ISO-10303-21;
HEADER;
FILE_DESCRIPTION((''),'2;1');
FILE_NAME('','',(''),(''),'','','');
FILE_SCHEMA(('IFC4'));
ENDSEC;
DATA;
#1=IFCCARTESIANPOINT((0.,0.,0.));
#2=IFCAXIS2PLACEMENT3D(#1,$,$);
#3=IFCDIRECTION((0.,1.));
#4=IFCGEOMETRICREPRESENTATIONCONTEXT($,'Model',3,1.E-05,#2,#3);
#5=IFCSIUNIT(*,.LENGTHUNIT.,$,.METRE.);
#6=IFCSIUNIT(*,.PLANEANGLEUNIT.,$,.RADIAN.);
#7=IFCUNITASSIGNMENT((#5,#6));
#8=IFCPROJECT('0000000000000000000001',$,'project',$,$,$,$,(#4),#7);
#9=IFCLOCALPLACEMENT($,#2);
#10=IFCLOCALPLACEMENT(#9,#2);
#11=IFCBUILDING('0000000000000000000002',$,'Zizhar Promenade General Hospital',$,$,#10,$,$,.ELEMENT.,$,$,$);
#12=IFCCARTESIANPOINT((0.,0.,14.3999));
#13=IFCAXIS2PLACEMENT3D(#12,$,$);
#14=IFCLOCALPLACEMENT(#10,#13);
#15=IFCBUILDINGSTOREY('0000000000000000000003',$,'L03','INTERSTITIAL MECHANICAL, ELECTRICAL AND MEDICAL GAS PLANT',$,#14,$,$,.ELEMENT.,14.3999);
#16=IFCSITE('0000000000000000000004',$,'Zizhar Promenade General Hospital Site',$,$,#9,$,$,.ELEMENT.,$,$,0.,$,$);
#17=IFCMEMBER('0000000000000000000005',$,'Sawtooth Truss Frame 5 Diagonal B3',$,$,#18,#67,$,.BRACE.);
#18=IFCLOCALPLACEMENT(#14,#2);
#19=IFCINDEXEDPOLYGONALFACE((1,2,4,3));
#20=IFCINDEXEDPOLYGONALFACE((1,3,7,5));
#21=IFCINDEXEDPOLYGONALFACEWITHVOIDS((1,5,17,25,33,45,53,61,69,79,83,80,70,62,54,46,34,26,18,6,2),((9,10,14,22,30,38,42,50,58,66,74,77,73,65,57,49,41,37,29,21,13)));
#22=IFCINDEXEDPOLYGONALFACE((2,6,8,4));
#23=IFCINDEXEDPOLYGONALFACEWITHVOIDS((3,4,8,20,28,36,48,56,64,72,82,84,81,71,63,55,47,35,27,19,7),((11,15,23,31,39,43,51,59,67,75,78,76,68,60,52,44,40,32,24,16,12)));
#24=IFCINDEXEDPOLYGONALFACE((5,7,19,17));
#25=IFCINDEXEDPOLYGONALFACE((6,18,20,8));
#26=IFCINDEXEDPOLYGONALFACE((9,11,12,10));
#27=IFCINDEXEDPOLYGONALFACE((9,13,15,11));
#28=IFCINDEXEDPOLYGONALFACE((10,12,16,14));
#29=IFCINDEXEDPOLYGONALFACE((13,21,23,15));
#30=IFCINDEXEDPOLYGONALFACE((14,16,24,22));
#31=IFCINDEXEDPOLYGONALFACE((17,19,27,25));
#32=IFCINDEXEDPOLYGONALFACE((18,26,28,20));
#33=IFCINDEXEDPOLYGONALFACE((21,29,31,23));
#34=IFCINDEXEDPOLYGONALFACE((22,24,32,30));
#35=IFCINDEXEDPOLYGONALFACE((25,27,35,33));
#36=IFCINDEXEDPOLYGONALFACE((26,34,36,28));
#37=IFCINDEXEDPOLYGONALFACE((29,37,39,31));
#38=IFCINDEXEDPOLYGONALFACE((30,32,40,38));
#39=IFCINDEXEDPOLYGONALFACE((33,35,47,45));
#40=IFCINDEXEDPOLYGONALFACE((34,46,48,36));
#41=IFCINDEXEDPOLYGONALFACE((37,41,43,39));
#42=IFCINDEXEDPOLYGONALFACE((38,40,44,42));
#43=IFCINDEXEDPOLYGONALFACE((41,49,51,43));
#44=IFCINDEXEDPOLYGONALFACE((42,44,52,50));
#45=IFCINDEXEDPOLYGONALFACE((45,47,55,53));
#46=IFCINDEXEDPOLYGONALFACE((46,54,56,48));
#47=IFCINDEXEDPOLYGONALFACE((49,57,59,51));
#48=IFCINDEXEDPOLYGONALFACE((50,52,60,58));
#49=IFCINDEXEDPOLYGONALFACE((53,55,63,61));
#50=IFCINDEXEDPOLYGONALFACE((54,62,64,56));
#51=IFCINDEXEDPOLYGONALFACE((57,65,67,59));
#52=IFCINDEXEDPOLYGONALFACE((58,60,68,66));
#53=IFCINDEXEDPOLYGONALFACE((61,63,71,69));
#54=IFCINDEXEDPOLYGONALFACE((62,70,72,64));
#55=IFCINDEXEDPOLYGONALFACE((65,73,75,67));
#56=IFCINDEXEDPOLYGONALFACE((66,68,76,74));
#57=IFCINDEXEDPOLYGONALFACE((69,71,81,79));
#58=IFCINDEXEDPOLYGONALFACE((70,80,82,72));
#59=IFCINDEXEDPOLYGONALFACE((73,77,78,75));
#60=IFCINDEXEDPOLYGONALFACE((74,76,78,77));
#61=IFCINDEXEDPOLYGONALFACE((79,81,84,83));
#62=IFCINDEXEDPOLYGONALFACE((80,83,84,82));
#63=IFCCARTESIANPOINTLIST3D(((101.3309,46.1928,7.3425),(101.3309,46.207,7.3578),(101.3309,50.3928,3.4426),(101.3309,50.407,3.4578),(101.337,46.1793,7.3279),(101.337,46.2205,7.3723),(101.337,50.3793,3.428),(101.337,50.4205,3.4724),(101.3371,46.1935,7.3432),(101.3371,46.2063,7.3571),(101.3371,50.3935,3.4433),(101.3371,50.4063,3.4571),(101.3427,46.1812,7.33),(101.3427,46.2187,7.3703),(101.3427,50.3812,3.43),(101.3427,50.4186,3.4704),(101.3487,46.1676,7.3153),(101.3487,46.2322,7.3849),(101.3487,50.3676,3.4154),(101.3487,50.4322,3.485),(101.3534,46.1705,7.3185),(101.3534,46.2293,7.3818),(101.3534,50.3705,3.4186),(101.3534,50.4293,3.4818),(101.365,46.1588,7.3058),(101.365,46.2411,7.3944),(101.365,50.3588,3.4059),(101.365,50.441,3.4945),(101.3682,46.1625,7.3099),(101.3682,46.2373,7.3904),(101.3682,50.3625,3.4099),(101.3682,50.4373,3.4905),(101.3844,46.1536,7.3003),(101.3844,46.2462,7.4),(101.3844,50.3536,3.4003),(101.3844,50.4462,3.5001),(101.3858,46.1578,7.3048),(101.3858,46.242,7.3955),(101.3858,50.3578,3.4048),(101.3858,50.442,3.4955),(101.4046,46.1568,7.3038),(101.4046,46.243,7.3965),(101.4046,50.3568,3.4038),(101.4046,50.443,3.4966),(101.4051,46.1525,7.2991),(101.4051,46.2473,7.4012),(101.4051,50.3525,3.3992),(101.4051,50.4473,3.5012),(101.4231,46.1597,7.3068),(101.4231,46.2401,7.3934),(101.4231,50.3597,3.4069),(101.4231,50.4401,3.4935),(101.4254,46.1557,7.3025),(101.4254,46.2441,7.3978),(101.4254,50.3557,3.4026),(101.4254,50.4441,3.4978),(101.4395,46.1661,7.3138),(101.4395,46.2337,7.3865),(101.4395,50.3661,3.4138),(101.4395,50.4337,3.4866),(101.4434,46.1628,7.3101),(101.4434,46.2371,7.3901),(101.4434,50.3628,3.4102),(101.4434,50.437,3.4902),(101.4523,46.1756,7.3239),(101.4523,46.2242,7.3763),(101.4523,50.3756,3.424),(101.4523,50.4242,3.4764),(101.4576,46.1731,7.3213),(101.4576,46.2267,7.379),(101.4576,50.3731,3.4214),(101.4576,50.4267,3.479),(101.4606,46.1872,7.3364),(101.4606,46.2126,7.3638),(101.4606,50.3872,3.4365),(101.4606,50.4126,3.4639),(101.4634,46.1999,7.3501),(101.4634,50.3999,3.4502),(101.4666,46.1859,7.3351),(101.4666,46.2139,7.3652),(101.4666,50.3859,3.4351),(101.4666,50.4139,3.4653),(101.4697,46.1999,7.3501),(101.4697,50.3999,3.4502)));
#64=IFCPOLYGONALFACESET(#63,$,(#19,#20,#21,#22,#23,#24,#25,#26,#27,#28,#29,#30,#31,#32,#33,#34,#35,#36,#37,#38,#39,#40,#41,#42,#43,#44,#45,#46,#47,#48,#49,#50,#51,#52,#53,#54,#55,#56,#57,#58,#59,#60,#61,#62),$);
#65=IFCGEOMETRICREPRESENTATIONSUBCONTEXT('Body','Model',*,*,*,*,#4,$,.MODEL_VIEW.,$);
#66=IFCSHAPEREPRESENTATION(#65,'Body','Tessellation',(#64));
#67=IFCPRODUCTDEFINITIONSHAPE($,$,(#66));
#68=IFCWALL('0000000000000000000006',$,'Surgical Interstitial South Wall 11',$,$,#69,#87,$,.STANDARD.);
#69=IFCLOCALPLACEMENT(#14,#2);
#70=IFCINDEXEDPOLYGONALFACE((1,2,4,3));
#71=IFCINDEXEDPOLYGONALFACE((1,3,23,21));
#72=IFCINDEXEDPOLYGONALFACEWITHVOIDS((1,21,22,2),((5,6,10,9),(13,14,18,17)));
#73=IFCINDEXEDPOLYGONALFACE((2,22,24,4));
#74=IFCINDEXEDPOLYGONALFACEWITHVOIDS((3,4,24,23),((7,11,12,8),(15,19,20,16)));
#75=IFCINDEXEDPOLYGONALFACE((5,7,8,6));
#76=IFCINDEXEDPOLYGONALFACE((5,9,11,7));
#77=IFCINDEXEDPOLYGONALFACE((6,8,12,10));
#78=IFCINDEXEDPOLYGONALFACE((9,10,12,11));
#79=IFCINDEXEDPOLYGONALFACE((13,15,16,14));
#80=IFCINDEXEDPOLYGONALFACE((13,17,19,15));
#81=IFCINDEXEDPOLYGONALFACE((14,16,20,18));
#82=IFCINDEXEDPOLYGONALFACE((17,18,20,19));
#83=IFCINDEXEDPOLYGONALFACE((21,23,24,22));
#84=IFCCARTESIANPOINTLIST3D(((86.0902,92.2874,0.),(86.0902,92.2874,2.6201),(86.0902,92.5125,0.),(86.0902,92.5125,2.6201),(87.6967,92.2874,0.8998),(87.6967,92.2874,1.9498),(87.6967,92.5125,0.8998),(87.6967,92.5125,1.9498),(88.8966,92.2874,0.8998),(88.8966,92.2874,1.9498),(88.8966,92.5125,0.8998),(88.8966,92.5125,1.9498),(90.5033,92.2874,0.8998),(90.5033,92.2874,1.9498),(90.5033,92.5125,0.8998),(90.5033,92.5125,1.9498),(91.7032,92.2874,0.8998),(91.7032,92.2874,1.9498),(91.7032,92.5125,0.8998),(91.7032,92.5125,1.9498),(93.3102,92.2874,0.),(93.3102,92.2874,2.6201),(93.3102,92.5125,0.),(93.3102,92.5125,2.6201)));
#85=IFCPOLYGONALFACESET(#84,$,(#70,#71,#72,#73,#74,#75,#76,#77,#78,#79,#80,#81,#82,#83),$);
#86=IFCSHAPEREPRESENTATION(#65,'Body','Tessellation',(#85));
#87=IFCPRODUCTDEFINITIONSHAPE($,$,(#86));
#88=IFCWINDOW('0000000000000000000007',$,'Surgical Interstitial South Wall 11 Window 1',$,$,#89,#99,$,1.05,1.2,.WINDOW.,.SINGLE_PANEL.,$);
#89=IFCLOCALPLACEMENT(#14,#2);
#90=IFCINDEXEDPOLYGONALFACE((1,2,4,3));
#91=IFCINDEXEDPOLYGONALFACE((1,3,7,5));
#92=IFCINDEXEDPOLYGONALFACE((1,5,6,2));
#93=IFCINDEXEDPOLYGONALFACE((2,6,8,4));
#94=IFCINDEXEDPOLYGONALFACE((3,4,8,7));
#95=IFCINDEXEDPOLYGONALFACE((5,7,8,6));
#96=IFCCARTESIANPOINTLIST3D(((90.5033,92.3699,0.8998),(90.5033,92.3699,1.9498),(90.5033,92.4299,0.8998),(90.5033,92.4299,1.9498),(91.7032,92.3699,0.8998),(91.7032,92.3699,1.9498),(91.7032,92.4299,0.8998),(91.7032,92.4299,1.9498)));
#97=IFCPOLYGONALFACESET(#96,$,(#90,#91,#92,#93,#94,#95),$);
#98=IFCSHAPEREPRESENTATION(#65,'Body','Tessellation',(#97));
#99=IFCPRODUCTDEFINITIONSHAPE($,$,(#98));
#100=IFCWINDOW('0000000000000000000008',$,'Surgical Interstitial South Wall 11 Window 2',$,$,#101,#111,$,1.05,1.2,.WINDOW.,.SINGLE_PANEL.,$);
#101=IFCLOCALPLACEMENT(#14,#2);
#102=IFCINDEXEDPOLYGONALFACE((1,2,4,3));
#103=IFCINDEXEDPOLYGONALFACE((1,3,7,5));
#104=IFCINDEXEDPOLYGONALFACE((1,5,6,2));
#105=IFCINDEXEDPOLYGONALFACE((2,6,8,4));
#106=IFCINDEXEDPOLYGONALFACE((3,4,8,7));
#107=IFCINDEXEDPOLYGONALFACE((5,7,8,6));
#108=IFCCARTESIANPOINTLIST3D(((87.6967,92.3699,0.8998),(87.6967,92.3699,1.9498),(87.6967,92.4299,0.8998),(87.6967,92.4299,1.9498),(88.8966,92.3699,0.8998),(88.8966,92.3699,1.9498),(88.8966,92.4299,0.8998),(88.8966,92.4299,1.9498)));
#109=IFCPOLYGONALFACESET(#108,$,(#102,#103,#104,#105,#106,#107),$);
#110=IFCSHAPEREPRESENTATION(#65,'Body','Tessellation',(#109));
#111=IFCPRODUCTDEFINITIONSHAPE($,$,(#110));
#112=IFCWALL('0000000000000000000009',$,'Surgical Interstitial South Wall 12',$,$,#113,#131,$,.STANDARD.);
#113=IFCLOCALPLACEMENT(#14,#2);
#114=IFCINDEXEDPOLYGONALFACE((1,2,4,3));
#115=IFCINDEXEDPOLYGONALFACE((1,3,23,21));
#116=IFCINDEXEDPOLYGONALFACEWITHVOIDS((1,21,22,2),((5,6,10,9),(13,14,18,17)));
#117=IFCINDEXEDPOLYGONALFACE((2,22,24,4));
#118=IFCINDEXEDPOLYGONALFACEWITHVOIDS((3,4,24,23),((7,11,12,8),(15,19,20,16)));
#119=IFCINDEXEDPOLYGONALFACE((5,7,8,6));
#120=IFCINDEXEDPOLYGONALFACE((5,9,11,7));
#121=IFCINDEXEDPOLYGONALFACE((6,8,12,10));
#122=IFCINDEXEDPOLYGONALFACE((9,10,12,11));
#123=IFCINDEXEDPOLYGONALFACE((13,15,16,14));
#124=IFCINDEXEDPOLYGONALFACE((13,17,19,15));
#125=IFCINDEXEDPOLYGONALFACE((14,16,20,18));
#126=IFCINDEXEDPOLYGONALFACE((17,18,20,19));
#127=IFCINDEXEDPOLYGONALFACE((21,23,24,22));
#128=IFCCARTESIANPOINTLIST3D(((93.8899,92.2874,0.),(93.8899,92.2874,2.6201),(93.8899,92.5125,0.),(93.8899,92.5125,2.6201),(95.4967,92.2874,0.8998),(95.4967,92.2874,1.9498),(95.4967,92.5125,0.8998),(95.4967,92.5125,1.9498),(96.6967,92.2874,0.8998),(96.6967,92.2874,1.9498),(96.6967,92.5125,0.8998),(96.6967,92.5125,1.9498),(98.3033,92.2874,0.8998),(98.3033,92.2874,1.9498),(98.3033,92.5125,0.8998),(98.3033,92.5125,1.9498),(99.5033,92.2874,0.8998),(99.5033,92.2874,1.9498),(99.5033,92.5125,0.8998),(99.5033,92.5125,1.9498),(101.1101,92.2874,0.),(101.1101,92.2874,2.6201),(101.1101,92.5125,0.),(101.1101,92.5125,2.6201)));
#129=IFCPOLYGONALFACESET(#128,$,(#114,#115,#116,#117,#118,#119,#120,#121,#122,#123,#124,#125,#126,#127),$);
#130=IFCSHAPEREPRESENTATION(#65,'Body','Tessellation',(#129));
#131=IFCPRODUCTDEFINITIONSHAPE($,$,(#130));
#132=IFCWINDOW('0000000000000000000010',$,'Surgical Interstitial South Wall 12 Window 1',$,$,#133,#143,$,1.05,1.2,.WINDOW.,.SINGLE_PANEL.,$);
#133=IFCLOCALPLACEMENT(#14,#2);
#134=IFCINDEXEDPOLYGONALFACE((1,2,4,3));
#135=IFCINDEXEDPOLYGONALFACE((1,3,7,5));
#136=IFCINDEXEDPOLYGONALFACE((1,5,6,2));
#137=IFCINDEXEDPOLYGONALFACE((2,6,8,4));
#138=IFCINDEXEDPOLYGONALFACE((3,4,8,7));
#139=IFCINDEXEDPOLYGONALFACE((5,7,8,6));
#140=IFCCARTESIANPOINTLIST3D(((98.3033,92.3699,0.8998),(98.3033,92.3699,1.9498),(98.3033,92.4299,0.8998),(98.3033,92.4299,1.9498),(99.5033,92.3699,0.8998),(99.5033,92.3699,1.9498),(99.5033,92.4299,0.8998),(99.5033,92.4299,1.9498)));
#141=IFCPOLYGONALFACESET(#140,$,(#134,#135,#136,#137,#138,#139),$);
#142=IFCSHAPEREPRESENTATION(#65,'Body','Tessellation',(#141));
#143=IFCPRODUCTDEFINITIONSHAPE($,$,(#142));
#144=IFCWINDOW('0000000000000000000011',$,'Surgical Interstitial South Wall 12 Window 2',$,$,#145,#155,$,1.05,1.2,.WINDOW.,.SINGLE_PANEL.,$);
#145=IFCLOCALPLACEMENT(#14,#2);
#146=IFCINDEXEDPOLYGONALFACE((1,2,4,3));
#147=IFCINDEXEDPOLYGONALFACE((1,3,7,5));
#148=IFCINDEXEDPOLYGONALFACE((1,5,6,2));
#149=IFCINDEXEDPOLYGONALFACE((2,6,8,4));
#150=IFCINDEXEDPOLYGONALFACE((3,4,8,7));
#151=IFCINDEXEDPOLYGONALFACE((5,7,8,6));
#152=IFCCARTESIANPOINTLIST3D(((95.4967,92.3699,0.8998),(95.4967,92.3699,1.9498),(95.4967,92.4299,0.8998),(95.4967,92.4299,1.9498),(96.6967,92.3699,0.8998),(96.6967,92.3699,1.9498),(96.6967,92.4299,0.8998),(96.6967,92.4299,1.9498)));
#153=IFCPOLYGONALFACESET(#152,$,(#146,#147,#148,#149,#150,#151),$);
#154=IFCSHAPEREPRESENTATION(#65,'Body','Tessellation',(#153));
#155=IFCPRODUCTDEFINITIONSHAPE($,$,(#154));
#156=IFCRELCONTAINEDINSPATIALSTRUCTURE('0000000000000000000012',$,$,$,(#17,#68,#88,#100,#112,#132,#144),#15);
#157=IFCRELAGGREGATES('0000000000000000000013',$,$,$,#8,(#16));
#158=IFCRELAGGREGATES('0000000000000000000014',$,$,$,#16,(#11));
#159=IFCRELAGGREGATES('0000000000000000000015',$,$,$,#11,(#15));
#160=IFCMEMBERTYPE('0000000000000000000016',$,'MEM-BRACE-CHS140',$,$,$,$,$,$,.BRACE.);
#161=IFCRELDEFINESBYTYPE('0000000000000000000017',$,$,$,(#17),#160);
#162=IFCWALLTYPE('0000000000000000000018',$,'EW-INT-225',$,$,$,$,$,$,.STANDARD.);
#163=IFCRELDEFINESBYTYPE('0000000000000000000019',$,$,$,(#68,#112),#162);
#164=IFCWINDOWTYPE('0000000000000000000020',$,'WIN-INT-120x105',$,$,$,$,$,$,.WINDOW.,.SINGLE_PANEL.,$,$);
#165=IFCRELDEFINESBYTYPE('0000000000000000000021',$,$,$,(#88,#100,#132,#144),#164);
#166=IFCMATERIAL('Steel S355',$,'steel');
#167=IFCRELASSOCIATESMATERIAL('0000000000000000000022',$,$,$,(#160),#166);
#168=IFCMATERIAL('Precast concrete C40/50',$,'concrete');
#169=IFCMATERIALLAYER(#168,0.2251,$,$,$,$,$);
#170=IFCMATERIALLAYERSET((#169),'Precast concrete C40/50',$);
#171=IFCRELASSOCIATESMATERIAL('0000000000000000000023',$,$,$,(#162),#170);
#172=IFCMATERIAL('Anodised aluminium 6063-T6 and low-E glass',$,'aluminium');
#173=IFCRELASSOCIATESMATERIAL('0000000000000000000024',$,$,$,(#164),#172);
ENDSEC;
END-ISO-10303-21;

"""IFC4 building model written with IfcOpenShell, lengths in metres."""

from ifc_helpers import new_model, si_unit, direction, frame, frame_2d, origin, origin_2d, place, context, subcontext, project, spatial, rectangle, hollow_circle, extrude, material, layer, layer_set, material_profile, profile_set, type_object, element, fill, save


model = new_model("IFC4")

# Units and contexts
model_context = context("Model", 3, precision=1e-05, world=origin(), true_north=direction((0.0, 1.0)))
body_context = subcontext(model_context, "Body", "Model", "MODEL_VIEW")
ifc_project = project(units=[si_unit("LENGTHUNIT", "METRE"), si_unit("PLANEANGLEUNIT", "RADIAN")], contexts=[model_context])

# Site, building, storey
site_placement = place(None, origin())
site = spatial("IfcSite", under=ifc_project, at=site_placement, Name="Zizhar Promenade General Hospital Site", CompositionType="ELEMENT", RefElevation=0.0)
building_placement = place(site_placement, origin())
building = spatial("IfcBuilding", under=site, at=building_placement, Name="Zizhar Promenade General Hospital", CompositionType="ELEMENT")
storey_placement = place(building_placement, frame((0.0, 0.0, 14.3999)))
storey = spatial("IfcBuildingStorey", under=building, at=storey_placement, Name="L03", Description="INTERSTITIAL MECHANICAL, ELECTRICAL AND MEDICAL GAS PLANT", CompositionType="ELEMENT", Elevation=14.3999)

# Member
ifc_material_1 = material(Name="Steel S355", Category="steel")
ifc_material_profile_1 = material_profile(ifc_material_1, hollow_circle(Radius=0.0698, WallThickness=0.0063, at=origin_2d()))
ifc_profile_set_1 = profile_set([ifc_material_profile_1], Name="Steel S355")
member_type_1 = type_object("IfcMemberType", Name="MEM-BRACE-CHS140", PredefinedType="BRACE", material=ifc_profile_set_1)
member_1_placement = place(storey_placement, frame((101.3999, 50.3999, 3.4502), z_axis=(0.0, -0.732798, 0.680446), x_axis=(1.0, 0.0, 0.0)))
element("IfcMember", 1, at=member_1_placement, inside=storey, type_object=member_type_1, Name="Sawtooth Truss Frame 5 Diagonal B3", PredefinedType="BRACE", context=body_context, shape_type="SweptSolid", body=[
    extrude(hollow_circle(Radius=0.0698, WallThickness=0.0063, at=origin_2d()), origin(), (0.0, 0.0, 1.0), 5.7314),
])

# Walls, openings, windows
ifc_material_2 = material(Name="Precast concrete C40/50", Category="concrete")
ifc_layer = layer(ifc_material_2, 0.2251)
ifc_layer_set = layer_set([ifc_layer], Name="Precast concrete C40/50")
wall_type = type_object("IfcWallType", Name="EW-INT-225", PredefinedType="STANDARD", material=ifc_layer_set)
wall_1_placement = place(storey_placement, frame((93.3101, 92.3999, 0.0), z_axis=(0.0, 0.0, 1.0), x_axis=(-1.0, 0.0, 0.0)))
wall_1 = element("IfcWall", 2, at=wall_1_placement, inside=storey, type_object=wall_type, Name="Surgical Interstitial South Wall 11", PredefinedType="STANDARD", context=body_context, shape_type="SweptSolid", body=[
    extrude(rectangle(XDim=7.22, YDim=0.2251, at=frame_2d((3.6099, 0.0))), origin(), (0.0, 0.0, 1.0), 2.6201),
])
opening_1_placement = place(wall_1_placement, frame((1.6067, 0.0, 0.8999)))
opening_1 = element("IfcOpeningElement", 3, at=opening_1_placement, cuts=wall_1, PredefinedType="OPENING", context=body_context, shape_type="SweptSolid", body=[
    extrude(rectangle(XDim=1.2, YDim=1.05, at=frame_2d((0.6001, 0.5249))), frame((0.0, 0.1226, 0.0), z_axis=(0.0, -1.0, 0.0), x_axis=(1.0, 0.0, 0.0)), (0.0, 0.0, 1.0), 0.2451),
])
opening_2_placement = place(wall_1_placement, frame((4.4133, 0.0, 0.8999)))
opening_2 = element("IfcOpeningElement", 4, at=opening_2_placement, cuts=wall_1, PredefinedType="OPENING", context=body_context, shape_type="SweptSolid", body=[
    extrude(rectangle(XDim=1.2, YDim=1.05, at=frame_2d((0.6001, 0.5249))), frame((0.0, 0.1226, 0.0), z_axis=(0.0, -1.0, 0.0), x_axis=(1.0, 0.0, 0.0)), (0.0, 0.0, 1.0), 0.2451),
])
ifc_material_3 = material(Name="Anodised aluminium 6063-T6 and low-E glass", Category="aluminium")
window_type = type_object("IfcWindowType", Name="WIN-INT-120x105", PartitioningType="SINGLE_PANEL", PredefinedType="WINDOW", material=ifc_material_3)
window_1_placement = place(opening_1_placement, origin())
window_1 = element("IfcWindow", 5, at=window_1_placement, inside=storey, type_object=window_type, Name="Surgical Interstitial South Wall 11 Window 1", OverallHeight=1.05, OverallWidth=1.2, PartitioningType="SINGLE_PANEL", PredefinedType="WINDOW", context=body_context, shape_type="SweptSolid", body=[
    extrude(rectangle(XDim=1.2, YDim=1.05, at=frame_2d((0.6001, 0.5249))), frame((0.0, 0.03, 0.0), z_axis=(0.0, -1.0, 0.0), x_axis=(1.0, 0.0, 0.0)), (0.0, 0.0, 1.0), 0.0601),
])
fill(opening_1, window_1)
window_2_placement = place(opening_2_placement, origin())
window_2 = element("IfcWindow", 6, at=window_2_placement, inside=storey, type_object=window_type, Name="Surgical Interstitial South Wall 11 Window 2", OverallHeight=1.05, OverallWidth=1.2, PartitioningType="SINGLE_PANEL", PredefinedType="WINDOW", context=body_context, shape_type="SweptSolid", body=[
    extrude(rectangle(XDim=1.2, YDim=1.05, at=frame_2d((0.6001, 0.5249))), frame((0.0, 0.03, 0.0), z_axis=(0.0, -1.0, 0.0), x_axis=(1.0, 0.0, 0.0)), (0.0, 0.0, 1.0), 0.0601),
])
fill(opening_2, window_2)
wall_2_placement = place(storey_placement, frame((101.1101, 92.3999, 0.0), z_axis=(0.0, 0.0, 1.0), x_axis=(-1.0, 0.0, 0.0)))
wall_2 = element("IfcWall", 7, at=wall_2_placement, inside=storey, type_object=wall_type, Name="Surgical Interstitial South Wall 12", PredefinedType="STANDARD", context=body_context, shape_type="SweptSolid", body=[
    extrude(rectangle(XDim=7.2202, YDim=0.2251, at=frame_2d((3.6101, 0.0))), origin(), (0.0, 0.0, 1.0), 2.6201),
])
opening_3_placement = place(wall_2_placement, frame((1.6067, 0.0, 0.8999)))
opening_3 = element("IfcOpeningElement", 8, at=opening_3_placement, cuts=wall_2, PredefinedType="OPENING", context=body_context, shape_type="SweptSolid", body=[
    extrude(rectangle(XDim=1.2, YDim=1.05, at=frame_2d((0.6001, 0.5249))), frame((0.0, 0.1226, 0.0), z_axis=(0.0, -1.0, 0.0), x_axis=(1.0, 0.0, 0.0)), (0.0, 0.0, 1.0), 0.2451),
])
opening_4_placement = place(wall_2_placement, frame((4.4133, 0.0, 0.8999)))
opening_4 = element("IfcOpeningElement", 9, at=opening_4_placement, cuts=wall_2, PredefinedType="OPENING", context=body_context, shape_type="SweptSolid", body=[
    extrude(rectangle(XDim=1.2, YDim=1.05, at=frame_2d((0.6001, 0.5249))), frame((0.0, 0.1226, 0.0), z_axis=(0.0, -1.0, 0.0), x_axis=(1.0, 0.0, 0.0)), (0.0, 0.0, 1.0), 0.2451),
])
window_3_placement = place(opening_3_placement, origin())
window_3 = element("IfcWindow", 10, at=window_3_placement, inside=storey, type_object=window_type, Name="Surgical Interstitial South Wall 12 Window 1", OverallHeight=1.05, OverallWidth=1.2, PartitioningType="SINGLE_PANEL", PredefinedType="WINDOW", context=body_context, shape_type="SweptSolid", body=[
    extrude(rectangle(XDim=1.2, YDim=1.05, at=frame_2d((0.6001, 0.5249))), frame((0.0, 0.03, 0.0), z_axis=(0.0, -1.0, 0.0), x_axis=(1.0, 0.0, 0.0)), (0.0, 0.0, 1.0), 0.0601),
])
fill(opening_3, window_3)
window_4_placement = place(opening_4_placement, origin())
window_4 = element("IfcWindow", 11, at=window_4_placement, inside=storey, type_object=window_type, Name="Surgical Interstitial South Wall 12 Window 2", OverallHeight=1.05, OverallWidth=1.2, PartitioningType="SINGLE_PANEL", PredefinedType="WINDOW", context=body_context, shape_type="SweptSolid", body=[
    extrude(rectangle(XDim=1.2, YDim=1.05, at=frame_2d((0.6001, 0.5249))), frame((0.0, 0.03, 0.0), z_axis=(0.0, -1.0, 0.0), x_axis=(1.0, 0.0, 0.0)), (0.0, 0.0, 1.0), 0.0601),
])
fill(opening_4, window_4)

save(model, "model.ifc")
